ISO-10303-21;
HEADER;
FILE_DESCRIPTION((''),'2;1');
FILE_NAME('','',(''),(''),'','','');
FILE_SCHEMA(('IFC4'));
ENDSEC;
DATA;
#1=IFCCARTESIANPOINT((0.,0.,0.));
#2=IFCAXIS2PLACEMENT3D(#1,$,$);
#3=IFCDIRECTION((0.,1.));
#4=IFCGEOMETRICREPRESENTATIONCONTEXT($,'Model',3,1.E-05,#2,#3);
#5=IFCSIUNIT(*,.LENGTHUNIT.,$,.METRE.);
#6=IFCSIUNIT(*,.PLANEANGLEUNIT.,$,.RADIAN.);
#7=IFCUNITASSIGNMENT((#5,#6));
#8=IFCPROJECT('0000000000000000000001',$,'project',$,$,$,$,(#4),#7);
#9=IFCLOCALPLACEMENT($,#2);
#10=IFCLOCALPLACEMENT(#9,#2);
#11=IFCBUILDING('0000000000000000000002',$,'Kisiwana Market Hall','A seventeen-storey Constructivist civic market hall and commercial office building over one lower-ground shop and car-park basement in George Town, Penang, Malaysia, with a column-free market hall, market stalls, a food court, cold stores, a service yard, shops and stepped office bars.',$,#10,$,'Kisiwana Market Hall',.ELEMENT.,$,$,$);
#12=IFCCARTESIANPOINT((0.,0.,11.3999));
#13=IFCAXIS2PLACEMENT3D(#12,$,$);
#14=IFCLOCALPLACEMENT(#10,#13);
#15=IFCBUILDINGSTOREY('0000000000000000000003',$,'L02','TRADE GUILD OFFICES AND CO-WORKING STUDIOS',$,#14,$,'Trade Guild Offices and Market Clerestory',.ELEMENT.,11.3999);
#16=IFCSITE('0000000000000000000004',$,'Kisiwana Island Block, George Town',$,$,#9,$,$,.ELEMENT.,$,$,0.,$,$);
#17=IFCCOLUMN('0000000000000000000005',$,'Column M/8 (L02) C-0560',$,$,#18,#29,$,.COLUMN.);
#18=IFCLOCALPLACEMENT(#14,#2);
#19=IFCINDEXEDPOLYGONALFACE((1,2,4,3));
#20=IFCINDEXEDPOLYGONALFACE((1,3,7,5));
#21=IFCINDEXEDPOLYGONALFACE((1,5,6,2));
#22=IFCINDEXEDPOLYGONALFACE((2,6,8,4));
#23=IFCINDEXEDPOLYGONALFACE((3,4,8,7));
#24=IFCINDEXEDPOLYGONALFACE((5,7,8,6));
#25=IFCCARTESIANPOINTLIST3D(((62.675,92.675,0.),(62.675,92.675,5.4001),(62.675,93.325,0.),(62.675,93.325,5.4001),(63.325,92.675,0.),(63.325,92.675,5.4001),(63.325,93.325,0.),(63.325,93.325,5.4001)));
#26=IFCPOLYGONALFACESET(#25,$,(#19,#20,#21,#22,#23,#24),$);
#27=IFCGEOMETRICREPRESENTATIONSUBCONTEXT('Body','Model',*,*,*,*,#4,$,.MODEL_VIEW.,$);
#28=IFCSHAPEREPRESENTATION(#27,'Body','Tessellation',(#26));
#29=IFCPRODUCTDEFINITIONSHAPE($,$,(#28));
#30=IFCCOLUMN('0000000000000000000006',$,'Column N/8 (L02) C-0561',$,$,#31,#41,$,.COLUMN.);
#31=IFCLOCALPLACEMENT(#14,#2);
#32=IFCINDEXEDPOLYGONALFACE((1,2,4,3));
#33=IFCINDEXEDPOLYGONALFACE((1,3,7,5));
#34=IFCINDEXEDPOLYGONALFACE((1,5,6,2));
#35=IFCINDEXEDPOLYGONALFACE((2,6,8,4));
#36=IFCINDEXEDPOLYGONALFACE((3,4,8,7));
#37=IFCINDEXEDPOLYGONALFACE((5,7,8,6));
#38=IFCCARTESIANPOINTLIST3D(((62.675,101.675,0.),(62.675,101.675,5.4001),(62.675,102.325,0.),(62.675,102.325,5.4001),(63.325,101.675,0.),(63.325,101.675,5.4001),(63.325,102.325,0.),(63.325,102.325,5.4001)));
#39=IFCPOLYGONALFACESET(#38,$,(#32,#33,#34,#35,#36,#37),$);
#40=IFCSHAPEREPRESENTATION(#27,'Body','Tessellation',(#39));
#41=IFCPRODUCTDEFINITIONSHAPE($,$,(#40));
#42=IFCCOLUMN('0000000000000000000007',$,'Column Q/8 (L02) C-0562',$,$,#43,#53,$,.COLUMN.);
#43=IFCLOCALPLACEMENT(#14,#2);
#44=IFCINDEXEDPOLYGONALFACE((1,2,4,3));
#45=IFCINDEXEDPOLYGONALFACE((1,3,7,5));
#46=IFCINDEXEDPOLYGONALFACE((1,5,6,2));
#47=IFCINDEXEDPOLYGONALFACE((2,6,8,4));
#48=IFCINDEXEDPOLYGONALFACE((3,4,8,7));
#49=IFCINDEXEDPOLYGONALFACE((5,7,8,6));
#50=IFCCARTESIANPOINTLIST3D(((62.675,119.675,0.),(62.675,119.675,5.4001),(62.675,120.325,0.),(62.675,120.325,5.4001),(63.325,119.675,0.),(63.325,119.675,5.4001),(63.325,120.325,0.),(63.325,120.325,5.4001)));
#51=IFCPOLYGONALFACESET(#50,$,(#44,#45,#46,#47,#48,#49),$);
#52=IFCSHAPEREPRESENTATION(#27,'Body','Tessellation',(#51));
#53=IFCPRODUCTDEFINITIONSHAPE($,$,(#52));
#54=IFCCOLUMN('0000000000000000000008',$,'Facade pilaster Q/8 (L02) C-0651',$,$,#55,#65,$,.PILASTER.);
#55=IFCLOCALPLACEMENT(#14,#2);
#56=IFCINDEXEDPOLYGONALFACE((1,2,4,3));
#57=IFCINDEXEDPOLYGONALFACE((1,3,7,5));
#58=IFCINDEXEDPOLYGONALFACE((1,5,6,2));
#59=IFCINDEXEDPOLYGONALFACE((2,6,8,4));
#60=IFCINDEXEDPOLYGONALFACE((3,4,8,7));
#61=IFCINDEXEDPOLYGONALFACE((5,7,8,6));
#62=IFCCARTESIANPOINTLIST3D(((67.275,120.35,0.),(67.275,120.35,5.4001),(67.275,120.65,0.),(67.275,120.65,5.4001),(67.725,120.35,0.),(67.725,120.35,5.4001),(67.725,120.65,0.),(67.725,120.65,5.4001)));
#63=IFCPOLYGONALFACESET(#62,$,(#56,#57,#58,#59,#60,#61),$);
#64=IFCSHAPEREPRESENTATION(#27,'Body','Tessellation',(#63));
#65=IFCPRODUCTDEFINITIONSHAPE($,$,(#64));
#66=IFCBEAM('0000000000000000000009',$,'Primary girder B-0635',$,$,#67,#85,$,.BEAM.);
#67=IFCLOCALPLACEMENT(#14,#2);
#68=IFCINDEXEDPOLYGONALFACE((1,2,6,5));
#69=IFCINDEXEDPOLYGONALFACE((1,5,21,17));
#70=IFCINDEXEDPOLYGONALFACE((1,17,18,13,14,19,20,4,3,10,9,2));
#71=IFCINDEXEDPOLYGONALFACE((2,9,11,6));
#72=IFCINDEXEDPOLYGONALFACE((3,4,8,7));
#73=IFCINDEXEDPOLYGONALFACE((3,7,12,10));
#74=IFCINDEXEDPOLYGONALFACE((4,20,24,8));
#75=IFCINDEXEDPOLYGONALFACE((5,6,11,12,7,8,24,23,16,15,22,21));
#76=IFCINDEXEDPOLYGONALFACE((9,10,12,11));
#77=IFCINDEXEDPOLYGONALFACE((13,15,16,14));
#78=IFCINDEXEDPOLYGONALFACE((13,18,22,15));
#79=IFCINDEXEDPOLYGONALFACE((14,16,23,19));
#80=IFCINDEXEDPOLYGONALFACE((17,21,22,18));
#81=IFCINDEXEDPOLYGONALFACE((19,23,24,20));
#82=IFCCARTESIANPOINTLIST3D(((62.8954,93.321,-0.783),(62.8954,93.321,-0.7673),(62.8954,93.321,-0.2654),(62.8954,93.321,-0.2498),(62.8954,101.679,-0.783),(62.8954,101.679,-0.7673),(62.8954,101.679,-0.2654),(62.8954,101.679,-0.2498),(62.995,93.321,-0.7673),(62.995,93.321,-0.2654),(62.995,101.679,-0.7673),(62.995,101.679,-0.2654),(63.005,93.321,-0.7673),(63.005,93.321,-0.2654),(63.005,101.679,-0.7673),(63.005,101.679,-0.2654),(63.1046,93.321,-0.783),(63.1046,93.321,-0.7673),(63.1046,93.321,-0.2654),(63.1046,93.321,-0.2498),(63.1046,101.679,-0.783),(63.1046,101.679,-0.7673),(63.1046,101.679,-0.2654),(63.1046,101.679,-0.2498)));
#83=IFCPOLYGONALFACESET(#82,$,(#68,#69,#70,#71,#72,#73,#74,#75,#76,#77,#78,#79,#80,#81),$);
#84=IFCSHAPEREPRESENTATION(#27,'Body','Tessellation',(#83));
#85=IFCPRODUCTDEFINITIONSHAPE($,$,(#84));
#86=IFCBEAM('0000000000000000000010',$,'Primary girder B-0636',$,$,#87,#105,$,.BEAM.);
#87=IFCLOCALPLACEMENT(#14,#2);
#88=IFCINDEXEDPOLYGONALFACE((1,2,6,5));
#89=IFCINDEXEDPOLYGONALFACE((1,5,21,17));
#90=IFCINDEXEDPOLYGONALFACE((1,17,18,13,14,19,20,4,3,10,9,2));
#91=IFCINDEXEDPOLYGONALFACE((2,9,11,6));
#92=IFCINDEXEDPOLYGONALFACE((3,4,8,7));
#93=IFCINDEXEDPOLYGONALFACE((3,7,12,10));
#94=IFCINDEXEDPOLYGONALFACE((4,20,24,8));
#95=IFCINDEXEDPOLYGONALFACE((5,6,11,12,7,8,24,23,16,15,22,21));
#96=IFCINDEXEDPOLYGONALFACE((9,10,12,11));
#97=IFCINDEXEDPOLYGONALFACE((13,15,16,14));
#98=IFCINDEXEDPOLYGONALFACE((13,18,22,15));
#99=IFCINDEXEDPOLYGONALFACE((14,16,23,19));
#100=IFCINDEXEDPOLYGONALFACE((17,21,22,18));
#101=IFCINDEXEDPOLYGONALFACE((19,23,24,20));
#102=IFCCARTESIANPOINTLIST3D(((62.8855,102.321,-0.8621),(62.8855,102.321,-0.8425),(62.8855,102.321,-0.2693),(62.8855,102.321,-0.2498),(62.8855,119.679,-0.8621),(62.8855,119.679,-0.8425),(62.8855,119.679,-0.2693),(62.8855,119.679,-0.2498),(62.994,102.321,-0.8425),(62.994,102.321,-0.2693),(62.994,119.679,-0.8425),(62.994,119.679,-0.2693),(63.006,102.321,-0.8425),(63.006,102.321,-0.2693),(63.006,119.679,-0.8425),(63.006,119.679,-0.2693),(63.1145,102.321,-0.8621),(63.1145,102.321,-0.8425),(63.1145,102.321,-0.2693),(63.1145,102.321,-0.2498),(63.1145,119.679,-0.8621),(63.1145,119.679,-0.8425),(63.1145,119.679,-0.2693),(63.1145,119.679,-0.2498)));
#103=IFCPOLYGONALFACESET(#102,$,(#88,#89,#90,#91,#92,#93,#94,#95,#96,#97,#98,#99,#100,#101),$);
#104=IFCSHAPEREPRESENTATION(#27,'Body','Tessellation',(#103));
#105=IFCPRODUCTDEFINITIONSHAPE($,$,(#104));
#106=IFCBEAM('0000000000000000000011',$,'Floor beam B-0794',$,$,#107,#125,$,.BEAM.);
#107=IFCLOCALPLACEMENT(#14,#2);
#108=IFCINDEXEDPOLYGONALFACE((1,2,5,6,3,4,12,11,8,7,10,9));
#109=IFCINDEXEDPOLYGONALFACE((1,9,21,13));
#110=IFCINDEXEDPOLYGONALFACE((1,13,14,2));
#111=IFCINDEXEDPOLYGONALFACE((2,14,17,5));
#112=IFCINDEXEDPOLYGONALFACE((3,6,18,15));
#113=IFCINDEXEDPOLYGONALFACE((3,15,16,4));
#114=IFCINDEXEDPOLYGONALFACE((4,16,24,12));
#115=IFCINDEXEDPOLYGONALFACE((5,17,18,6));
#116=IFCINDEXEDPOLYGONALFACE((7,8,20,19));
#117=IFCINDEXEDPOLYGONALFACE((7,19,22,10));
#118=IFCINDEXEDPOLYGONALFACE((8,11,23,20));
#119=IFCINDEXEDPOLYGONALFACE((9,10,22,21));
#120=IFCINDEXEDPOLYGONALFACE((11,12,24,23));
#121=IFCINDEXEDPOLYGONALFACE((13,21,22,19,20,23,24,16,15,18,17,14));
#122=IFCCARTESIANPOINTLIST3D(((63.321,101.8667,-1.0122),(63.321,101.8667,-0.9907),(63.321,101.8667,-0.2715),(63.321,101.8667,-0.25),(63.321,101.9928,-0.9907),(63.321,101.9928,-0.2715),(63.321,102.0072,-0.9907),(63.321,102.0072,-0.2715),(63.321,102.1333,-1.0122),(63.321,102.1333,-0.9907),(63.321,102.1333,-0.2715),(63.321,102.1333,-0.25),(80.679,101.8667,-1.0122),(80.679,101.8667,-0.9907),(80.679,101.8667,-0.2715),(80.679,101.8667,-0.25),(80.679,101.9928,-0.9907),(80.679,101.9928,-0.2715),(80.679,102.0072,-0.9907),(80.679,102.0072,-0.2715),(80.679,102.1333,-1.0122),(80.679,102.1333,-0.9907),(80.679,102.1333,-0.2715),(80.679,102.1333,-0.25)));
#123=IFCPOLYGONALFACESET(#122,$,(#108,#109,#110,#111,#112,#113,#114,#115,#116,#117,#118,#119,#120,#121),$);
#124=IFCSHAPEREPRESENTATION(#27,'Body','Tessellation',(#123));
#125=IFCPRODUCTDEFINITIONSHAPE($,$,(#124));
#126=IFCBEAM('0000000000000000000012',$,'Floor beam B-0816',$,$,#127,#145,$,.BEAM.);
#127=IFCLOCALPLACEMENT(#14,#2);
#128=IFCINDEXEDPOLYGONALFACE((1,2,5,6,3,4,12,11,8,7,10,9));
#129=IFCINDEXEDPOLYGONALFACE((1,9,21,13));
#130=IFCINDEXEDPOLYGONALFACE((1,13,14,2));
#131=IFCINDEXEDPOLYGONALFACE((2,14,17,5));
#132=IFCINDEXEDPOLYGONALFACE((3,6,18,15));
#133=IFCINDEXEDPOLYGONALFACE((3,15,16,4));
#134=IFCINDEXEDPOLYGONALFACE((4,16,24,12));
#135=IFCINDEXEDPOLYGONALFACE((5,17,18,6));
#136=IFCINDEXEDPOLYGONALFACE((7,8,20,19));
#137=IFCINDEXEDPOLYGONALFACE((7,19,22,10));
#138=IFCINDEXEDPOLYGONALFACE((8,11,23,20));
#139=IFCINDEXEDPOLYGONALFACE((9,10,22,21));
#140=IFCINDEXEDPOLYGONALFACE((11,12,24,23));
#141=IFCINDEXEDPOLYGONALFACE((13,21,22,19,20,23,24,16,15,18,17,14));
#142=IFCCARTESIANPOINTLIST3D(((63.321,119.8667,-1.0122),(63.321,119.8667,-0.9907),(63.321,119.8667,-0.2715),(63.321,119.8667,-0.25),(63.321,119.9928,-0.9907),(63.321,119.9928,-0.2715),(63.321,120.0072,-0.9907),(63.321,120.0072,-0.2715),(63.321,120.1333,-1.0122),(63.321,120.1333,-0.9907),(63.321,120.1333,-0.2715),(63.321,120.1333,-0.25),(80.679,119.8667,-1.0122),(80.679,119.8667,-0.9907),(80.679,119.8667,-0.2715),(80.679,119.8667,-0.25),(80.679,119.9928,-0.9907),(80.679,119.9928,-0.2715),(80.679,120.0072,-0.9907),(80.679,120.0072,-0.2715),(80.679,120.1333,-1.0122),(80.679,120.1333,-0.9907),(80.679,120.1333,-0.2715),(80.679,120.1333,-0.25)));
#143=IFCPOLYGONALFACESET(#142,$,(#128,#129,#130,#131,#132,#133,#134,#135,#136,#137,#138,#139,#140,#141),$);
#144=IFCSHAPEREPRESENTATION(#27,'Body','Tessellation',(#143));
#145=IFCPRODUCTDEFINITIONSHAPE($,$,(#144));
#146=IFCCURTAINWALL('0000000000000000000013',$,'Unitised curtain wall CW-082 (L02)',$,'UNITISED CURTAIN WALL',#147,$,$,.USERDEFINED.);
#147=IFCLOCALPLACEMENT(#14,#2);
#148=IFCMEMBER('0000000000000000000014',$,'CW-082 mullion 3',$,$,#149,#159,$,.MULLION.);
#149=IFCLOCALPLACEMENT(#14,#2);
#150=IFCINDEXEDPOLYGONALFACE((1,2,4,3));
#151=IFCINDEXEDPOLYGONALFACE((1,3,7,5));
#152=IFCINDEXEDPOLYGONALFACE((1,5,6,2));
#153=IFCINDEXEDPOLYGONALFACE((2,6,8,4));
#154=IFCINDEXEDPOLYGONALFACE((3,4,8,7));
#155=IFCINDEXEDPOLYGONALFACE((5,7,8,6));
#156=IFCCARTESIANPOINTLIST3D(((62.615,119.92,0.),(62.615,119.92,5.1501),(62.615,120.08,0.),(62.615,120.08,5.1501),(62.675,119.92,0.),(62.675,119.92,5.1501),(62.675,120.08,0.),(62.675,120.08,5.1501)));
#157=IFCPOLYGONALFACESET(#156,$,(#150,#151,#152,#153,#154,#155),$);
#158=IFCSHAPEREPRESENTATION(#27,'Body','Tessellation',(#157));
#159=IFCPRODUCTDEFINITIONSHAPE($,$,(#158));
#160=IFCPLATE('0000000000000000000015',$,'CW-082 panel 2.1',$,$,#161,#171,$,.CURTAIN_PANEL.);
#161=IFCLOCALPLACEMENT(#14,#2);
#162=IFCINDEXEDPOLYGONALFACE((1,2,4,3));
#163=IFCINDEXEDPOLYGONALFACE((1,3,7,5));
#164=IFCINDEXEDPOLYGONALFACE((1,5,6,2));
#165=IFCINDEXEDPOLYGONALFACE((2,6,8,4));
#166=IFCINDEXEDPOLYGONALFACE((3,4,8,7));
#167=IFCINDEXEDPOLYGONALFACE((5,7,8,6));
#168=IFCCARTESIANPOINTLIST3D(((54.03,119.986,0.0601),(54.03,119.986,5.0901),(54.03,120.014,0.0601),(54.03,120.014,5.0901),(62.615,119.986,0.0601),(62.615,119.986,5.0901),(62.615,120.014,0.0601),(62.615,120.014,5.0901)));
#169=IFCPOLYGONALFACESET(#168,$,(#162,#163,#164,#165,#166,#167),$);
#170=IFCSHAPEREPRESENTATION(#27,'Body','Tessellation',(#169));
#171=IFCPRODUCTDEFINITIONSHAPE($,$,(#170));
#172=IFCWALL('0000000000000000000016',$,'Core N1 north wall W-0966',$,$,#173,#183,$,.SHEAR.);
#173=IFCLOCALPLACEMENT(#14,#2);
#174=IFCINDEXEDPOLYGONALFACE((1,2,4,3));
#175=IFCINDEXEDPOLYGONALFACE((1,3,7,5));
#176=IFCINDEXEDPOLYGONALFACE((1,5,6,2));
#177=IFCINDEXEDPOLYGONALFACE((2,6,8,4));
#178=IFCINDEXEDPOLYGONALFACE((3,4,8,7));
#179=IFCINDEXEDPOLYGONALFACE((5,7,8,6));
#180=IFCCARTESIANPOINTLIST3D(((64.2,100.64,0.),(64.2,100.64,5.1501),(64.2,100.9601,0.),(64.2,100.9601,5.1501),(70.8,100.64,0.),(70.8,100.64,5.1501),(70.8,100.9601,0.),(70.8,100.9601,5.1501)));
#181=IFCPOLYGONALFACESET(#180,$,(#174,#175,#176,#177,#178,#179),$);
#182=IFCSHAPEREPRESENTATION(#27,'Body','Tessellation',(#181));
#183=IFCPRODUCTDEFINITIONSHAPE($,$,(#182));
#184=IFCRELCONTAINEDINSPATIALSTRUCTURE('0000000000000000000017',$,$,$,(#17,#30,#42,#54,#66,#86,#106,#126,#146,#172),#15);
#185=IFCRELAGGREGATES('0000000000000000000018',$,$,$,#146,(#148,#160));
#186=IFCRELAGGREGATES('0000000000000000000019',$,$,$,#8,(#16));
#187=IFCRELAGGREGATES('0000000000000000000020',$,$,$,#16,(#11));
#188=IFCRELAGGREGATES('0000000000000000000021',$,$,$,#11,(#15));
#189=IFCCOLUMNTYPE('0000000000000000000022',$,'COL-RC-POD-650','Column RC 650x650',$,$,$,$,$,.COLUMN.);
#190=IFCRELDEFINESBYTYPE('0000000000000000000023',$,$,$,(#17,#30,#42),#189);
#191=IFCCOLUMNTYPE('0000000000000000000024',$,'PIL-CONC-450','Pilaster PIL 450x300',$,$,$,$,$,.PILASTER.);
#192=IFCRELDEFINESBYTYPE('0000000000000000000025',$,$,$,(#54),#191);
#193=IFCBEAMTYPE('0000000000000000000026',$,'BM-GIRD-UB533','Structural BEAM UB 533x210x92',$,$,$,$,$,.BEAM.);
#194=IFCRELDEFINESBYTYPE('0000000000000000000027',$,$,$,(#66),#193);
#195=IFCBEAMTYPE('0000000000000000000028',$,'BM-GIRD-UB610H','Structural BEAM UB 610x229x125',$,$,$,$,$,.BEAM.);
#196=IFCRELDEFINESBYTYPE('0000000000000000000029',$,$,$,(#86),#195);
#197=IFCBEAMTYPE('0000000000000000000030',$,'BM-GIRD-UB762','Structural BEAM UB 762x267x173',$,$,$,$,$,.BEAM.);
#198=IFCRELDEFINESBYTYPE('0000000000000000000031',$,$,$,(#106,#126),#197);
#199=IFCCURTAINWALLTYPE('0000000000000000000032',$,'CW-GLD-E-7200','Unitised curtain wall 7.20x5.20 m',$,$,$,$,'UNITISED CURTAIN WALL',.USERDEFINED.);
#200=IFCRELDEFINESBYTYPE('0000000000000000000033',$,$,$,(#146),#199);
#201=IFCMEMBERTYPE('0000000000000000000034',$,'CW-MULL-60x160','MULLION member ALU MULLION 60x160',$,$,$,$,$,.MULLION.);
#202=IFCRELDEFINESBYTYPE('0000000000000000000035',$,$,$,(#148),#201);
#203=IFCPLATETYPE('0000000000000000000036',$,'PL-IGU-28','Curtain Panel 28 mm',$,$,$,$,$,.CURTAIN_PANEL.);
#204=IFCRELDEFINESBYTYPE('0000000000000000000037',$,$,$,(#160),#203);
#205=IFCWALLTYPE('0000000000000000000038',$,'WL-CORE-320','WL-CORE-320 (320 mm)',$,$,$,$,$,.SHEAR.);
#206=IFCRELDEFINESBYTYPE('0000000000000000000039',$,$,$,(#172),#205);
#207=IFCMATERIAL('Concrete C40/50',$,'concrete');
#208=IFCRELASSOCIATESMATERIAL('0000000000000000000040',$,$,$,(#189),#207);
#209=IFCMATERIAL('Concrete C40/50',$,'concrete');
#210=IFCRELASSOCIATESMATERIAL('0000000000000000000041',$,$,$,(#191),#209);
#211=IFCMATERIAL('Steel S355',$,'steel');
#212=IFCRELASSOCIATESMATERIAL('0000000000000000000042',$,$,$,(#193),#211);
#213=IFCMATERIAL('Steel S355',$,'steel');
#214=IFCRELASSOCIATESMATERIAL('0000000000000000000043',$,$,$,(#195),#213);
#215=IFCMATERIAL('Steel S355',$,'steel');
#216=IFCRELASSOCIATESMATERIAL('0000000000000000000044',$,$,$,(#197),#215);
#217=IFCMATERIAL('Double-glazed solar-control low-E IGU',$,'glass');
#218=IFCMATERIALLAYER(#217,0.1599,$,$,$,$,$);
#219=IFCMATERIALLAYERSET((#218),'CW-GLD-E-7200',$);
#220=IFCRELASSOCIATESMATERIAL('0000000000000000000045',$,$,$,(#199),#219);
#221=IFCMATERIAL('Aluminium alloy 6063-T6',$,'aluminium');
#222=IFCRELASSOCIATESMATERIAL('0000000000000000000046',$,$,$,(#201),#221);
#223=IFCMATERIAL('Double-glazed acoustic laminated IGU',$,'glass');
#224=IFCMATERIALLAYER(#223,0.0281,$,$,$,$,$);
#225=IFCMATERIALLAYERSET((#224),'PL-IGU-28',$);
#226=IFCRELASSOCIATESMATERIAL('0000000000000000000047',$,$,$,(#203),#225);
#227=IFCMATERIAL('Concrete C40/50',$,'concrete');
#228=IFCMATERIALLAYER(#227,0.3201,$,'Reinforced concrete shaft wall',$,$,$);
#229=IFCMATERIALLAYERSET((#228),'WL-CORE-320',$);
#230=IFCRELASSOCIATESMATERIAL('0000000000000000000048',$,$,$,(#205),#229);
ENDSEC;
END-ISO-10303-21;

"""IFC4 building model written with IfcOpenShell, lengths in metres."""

from ifc_helpers import new_model, si_unit, direction, frame, frame_2d, origin, origin_2d, place, context, subcontext, project, spatial, rectangle, i_section, extrude, material, layer, layer_set, material_profile, profile_set, type_object, element, aggregate, save


model = new_model("IFC4")

# Units and contexts
model_context = context("Model", 3, precision=1e-05, world=origin(), true_north=direction((0.0, 1.0)))
body_context = subcontext(model_context, "Body", "Model", "MODEL_VIEW")
ifc_project = project(units=[si_unit("LENGTHUNIT", "METRE"), si_unit("PLANEANGLEUNIT", "RADIAN")], contexts=[model_context])

# Site, building, storey
site_placement = place(None, origin())
site = spatial("IfcSite", under=ifc_project, at=site_placement, Name="Kisiwana Island Block, George Town", CompositionType="ELEMENT", RefElevation=0.0)
building_placement = place(site_placement, origin())
building = spatial("IfcBuilding", under=site, at=building_placement, Name="Kisiwana Market Hall", Description="A seventeen-storey Constructivist civic market hall and commercial office building over one lower-ground shop and car-park basement in George Town, Penang, Malaysia, with a column-free market hall, market stalls, a food court, cold stores, a service yard, shops and stepped office bars.", LongName="Kisiwana Market Hall", CompositionType="ELEMENT")
storey_placement = place(building_placement, frame((0.0, 0.0, 11.3999)))
storey = spatial("IfcBuildingStorey", under=building, at=storey_placement, Name="L02", Description="TRADE GUILD OFFICES AND CO-WORKING STUDIOS", LongName="Trade Guild Offices and Market Clerestory", CompositionType="ELEMENT", Elevation=11.3999)

# Columns
ifc_material_1 = material(Name="Concrete C40/50", Category="concrete")
ifc_material_profile_1 = material_profile(ifc_material_1, rectangle(XDim=0.6499, YDim=0.6499, at=origin_2d()), Name="RC 650x650")
ifc_profile_set_1 = profile_set([ifc_material_profile_1], Name="Concrete C40/50")
column_type_1 = type_object("IfcColumnType", Name="COL-RC-POD-650", Description="Column RC 650x650", PredefinedType="COLUMN", material=ifc_profile_set_1)
for number, where, z_axis, x_axis, name in (
    (1, (63.0, 93.0, 0.0), (0.0, 0.0, 1.0), (1.0, 0.0, 0.0), "Column M/8 (L02) C-0560"),
    (2, (63.0, 102.0, 0.0), (0.0, 0.0, 1.0), (1.0, 0.0, 0.0), "Column N/8 (L02) C-0561"),
    (3, (63.0, 120.0, 0.0), (0.0, 0.0, 1.0), (1.0, 0.0, 0.0), "Column Q/8 (L02) C-0562"),
):
    element("IfcColumn", number, at=place(storey_placement, frame(where, z_axis=z_axis, x_axis=x_axis)), inside=storey, type_object=column_type_1, Name=name, PredefinedType="COLUMN", context=body_context, shape_type="SweptSolid", body=[
        extrude(rectangle(XDim=0.6499, YDim=0.6499, at=origin_2d()), origin(), (0.0, 0.0, 1.0), 5.4001),
    ])
ifc_material_2 = material(Name="Concrete C40/50", Category="concrete")
ifc_material_profile_2 = material_profile(ifc_material_2, rectangle(XDim=0.45, YDim=0.3, at=origin_2d()), Name="PIL 450x300")
ifc_profile_set_2 = profile_set([ifc_material_profile_2], Name="Concrete C40/50")
column_type_2 = type_object("IfcColumnType", Name="PIL-CONC-450", Description="Pilaster PIL 450x300", PredefinedType="PILASTER", material=ifc_profile_set_2)
column_placement = place(storey_placement, frame((67.5, 120.5, 0.0), z_axis=(0.0, 0.0, 1.0), x_axis=(1.0, 0.0, 0.0)))
element("IfcColumn", 4, at=column_placement, inside=storey, type_object=column_type_2, Name="Facade pilaster Q/8 (L02) C-0651", PredefinedType="PILASTER", context=body_context, shape_type="SweptSolid", body=[
    extrude(rectangle(XDim=0.45, YDim=0.3, at=origin_2d()), origin(), (0.0, 0.0, 1.0), 5.4001),
])

# Beams
ifc_material_3 = material(Name="Steel S355", Category="steel")
ifc_material_profile_3 = material_profile(ifc_material_3, i_section(OverallWidth=0.2092, OverallDepth=0.5332, WebThickness=0.01, FlangeThickness=0.0156, at=origin_2d()), Name="UB 533x210x92")
ifc_profile_set_3 = profile_set([ifc_material_profile_3], Name="Steel S355")
beam_type_1 = type_object("IfcBeamType", Name="BM-GIRD-UB533", Description="Structural BEAM UB 533x210x92", PredefinedType="BEAM", material=ifc_profile_set_3)
beam_1_placement = place(storey_placement, frame((63.0, 93.321, -0.5164), z_axis=(0.0, 1.0, 0.0), x_axis=(-1.0, 0.0, 0.0)))
element("IfcBeam", 5, at=beam_1_placement, inside=storey, type_object=beam_type_1, Name="Primary girder B-0635", PredefinedType="BEAM", context=body_context, shape_type="SweptSolid", body=[
    extrude(i_section(OverallWidth=0.2092, OverallDepth=0.5332, WebThickness=0.01, FlangeThickness=0.0156, at=origin_2d()), origin(), (0.0, 0.0, 1.0), 8.3579),
])
ifc_material_4 = material(Name="Steel S355", Category="steel")
ifc_material_profile_4 = material_profile(ifc_material_4, i_section(OverallWidth=0.229, OverallDepth=0.6123, WebThickness=0.012, FlangeThickness=0.0195, at=origin_2d()), Name="UB 610x229x125")
ifc_profile_set_4 = profile_set([ifc_material_profile_4], Name="Steel S355")
beam_type_2 = type_object("IfcBeamType", Name="BM-GIRD-UB610H", Description="Structural BEAM UB 610x229x125", PredefinedType="BEAM", material=ifc_profile_set_4)
beam_2_placement = place(storey_placement, frame((63.0, 102.321, -0.5559), z_axis=(0.0, 1.0, 0.0), x_axis=(-1.0, 0.0, 0.0)))
element("IfcBeam", 6, at=beam_2_placement, inside=storey, type_object=beam_type_2, Name="Primary girder B-0636", PredefinedType="BEAM", context=body_context, shape_type="SweptSolid", body=[
    extrude(i_section(OverallWidth=0.229, OverallDepth=0.6123, WebThickness=0.012, FlangeThickness=0.0195, at=origin_2d()), origin(), (0.0, 0.0, 1.0), 17.3579),
])
ifc_material_5 = material(Name="Steel S355", Category="steel")
ifc_material_profile_5 = material_profile(ifc_material_5, i_section(OverallWidth=0.2666, OverallDepth=0.7622, WebThickness=0.0144, FlangeThickness=0.0215, at=origin_2d()), Name="UB 762x267x173")
ifc_profile_set_5 = profile_set([ifc_material_profile_5], Name="Steel S355")
beam_type_3 = type_object("IfcBeamType", Name="BM-GIRD-UB762", Description="Structural BEAM UB 762x267x173", PredefinedType="BEAM", material=ifc_profile_set_5)
for number, where, z_axis, x_axis, name in (
    (7, (63.321, 102.0, -0.6311), (1.0, 0.0, 0.0), (0.0, 1.0, 0.0), "Floor beam B-0794"),
    (8, (63.321, 120.0, -0.6311), (1.0, 0.0, 0.0), (0.0, 1.0, 0.0), "Floor beam B-0816"),
):
    element("IfcBeam", number, at=place(storey_placement, frame(where, z_axis=z_axis, x_axis=x_axis)), inside=storey, type_object=beam_type_3, Name=name, PredefinedType="BEAM", context=body_context, shape_type="SweptSolid", body=[
        extrude(i_section(OverallWidth=0.2666, OverallDepth=0.7622, WebThickness=0.0144, FlangeThickness=0.0215, at=origin_2d()), origin(), (0.0, 0.0, 1.0), 17.3579),
    ])

# Curtain wall, member, plate
ifc_material_6 = material(Name="Double-glazed solar-control low-E IGU", Category="glass")
ifc_layer_1 = layer(ifc_material_6, 0.1599)
ifc_layer_set_1 = layer_set([ifc_layer_1], Name="CW-GLD-E-7200")
curtain_wall_type = type_object("IfcCurtainWallType", Name="CW-GLD-E-7200", Description="Unitised curtain wall 7.20x5.20 m", ElementType="UNITISED CURTAIN WALL", PredefinedType="USERDEFINED", material=ifc_layer_set_1)
curtain_wall_placement = place(storey_placement, origin())
curtain_wall = element("IfcCurtainWall", 9, at=curtain_wall_placement, inside=storey, type_object=curtain_wall_type, Name="Unitised curtain wall CW-082 (L02)", ObjectType="UNITISED CURTAIN WALL", PredefinedType="USERDEFINED")
ifc_material_7 = material(Name="Aluminium alloy 6063-T6", Category="aluminium")
ifc_material_profile_6 = material_profile(ifc_material_7, rectangle(XDim=0.0601, YDim=0.1599, at=origin_2d()), Name="ALU MULLION 60x160")
ifc_profile_set_6 = profile_set([ifc_material_profile_6], Name="Aluminium alloy 6063-T6")
member_type = type_object("IfcMemberType", Name="CW-MULL-60x160", Description="MULLION member ALU MULLION 60x160", PredefinedType="MULLION", material=ifc_profile_set_6)
member_placement = place(storey_placement, frame((62.645, 120.0, 0.0), z_axis=(0.0, 0.0, 1.0), x_axis=(1.0, 0.0, 0.0)))
member = element("IfcMember", 10, at=member_placement, type_object=member_type, Name="CW-082 mullion 3", PredefinedType="MULLION", context=body_context, shape_type="SweptSolid", body=[
    extrude(rectangle(XDim=0.0601, YDim=0.1599, at=origin_2d()), origin(), (0.0, 0.0, 1.0), 5.1501),
])
ifc_material_8 = material(Name="Double-glazed acoustic laminated IGU", Category="glass")
ifc_layer_2 = layer(ifc_material_8, 0.0281)
ifc_layer_set_2 = layer_set([ifc_layer_2], Name="PL-IGU-28")
plate_type = type_object("IfcPlateType", Name="PL-IGU-28", Description="Curtain Panel 28 mm", PredefinedType="CURTAIN_PANEL", material=ifc_layer_set_2)
plate_placement = place(storey_placement, frame((58.3225, 120.0, 0.0601), z_axis=(0.0, 0.0, 1.0), x_axis=(1.0, 0.0, 0.0)))
plate = element("IfcPlate", 11, at=plate_placement, type_object=plate_type, Name="CW-082 panel 2.1", PredefinedType="CURTAIN_PANEL", context=body_context, shape_type="SweptSolid", body=[
    extrude(rectangle(XDim=8.585, YDim=0.0281, at=origin_2d()), origin(), (0.0, 0.0, 1.0), 5.03),
])
aggregate(curtain_wall, [member, plate])

# Wall
ifc_material_9 = material(Name="Concrete C40/50", Category="concrete")
ifc_layer_3 = layer(ifc_material_9, 0.3201, Name="Reinforced concrete shaft wall")
ifc_layer_set_3 = layer_set([ifc_layer_3], Name="WL-CORE-320")
wall_type_1 = type_object("IfcWallType", Name="WL-CORE-320", Description="WL-CORE-320 (320 mm)", PredefinedType="SHEAR", material=ifc_layer_set_3)
wall_1_placement = place(storey_placement, frame((64.2, 100.8, 0.0), z_axis=(0.0, 0.0, 1.0), x_axis=(1.0, 0.0, 0.0)))
element("IfcWall", 12, at=wall_1_placement, inside=storey, type_object=wall_type_1, Name="Core N1 north wall W-0966", PredefinedType="SHEAR", context=body_context, shape_type="SweptSolid", body=[
    extrude(rectangle(XDim=6.6001, YDim=0.3201, at=frame_2d((3.3, 0.0))), origin(), (0.0, 0.0, 1.0), 5.1501),
])

save(model, "model.ifc")
